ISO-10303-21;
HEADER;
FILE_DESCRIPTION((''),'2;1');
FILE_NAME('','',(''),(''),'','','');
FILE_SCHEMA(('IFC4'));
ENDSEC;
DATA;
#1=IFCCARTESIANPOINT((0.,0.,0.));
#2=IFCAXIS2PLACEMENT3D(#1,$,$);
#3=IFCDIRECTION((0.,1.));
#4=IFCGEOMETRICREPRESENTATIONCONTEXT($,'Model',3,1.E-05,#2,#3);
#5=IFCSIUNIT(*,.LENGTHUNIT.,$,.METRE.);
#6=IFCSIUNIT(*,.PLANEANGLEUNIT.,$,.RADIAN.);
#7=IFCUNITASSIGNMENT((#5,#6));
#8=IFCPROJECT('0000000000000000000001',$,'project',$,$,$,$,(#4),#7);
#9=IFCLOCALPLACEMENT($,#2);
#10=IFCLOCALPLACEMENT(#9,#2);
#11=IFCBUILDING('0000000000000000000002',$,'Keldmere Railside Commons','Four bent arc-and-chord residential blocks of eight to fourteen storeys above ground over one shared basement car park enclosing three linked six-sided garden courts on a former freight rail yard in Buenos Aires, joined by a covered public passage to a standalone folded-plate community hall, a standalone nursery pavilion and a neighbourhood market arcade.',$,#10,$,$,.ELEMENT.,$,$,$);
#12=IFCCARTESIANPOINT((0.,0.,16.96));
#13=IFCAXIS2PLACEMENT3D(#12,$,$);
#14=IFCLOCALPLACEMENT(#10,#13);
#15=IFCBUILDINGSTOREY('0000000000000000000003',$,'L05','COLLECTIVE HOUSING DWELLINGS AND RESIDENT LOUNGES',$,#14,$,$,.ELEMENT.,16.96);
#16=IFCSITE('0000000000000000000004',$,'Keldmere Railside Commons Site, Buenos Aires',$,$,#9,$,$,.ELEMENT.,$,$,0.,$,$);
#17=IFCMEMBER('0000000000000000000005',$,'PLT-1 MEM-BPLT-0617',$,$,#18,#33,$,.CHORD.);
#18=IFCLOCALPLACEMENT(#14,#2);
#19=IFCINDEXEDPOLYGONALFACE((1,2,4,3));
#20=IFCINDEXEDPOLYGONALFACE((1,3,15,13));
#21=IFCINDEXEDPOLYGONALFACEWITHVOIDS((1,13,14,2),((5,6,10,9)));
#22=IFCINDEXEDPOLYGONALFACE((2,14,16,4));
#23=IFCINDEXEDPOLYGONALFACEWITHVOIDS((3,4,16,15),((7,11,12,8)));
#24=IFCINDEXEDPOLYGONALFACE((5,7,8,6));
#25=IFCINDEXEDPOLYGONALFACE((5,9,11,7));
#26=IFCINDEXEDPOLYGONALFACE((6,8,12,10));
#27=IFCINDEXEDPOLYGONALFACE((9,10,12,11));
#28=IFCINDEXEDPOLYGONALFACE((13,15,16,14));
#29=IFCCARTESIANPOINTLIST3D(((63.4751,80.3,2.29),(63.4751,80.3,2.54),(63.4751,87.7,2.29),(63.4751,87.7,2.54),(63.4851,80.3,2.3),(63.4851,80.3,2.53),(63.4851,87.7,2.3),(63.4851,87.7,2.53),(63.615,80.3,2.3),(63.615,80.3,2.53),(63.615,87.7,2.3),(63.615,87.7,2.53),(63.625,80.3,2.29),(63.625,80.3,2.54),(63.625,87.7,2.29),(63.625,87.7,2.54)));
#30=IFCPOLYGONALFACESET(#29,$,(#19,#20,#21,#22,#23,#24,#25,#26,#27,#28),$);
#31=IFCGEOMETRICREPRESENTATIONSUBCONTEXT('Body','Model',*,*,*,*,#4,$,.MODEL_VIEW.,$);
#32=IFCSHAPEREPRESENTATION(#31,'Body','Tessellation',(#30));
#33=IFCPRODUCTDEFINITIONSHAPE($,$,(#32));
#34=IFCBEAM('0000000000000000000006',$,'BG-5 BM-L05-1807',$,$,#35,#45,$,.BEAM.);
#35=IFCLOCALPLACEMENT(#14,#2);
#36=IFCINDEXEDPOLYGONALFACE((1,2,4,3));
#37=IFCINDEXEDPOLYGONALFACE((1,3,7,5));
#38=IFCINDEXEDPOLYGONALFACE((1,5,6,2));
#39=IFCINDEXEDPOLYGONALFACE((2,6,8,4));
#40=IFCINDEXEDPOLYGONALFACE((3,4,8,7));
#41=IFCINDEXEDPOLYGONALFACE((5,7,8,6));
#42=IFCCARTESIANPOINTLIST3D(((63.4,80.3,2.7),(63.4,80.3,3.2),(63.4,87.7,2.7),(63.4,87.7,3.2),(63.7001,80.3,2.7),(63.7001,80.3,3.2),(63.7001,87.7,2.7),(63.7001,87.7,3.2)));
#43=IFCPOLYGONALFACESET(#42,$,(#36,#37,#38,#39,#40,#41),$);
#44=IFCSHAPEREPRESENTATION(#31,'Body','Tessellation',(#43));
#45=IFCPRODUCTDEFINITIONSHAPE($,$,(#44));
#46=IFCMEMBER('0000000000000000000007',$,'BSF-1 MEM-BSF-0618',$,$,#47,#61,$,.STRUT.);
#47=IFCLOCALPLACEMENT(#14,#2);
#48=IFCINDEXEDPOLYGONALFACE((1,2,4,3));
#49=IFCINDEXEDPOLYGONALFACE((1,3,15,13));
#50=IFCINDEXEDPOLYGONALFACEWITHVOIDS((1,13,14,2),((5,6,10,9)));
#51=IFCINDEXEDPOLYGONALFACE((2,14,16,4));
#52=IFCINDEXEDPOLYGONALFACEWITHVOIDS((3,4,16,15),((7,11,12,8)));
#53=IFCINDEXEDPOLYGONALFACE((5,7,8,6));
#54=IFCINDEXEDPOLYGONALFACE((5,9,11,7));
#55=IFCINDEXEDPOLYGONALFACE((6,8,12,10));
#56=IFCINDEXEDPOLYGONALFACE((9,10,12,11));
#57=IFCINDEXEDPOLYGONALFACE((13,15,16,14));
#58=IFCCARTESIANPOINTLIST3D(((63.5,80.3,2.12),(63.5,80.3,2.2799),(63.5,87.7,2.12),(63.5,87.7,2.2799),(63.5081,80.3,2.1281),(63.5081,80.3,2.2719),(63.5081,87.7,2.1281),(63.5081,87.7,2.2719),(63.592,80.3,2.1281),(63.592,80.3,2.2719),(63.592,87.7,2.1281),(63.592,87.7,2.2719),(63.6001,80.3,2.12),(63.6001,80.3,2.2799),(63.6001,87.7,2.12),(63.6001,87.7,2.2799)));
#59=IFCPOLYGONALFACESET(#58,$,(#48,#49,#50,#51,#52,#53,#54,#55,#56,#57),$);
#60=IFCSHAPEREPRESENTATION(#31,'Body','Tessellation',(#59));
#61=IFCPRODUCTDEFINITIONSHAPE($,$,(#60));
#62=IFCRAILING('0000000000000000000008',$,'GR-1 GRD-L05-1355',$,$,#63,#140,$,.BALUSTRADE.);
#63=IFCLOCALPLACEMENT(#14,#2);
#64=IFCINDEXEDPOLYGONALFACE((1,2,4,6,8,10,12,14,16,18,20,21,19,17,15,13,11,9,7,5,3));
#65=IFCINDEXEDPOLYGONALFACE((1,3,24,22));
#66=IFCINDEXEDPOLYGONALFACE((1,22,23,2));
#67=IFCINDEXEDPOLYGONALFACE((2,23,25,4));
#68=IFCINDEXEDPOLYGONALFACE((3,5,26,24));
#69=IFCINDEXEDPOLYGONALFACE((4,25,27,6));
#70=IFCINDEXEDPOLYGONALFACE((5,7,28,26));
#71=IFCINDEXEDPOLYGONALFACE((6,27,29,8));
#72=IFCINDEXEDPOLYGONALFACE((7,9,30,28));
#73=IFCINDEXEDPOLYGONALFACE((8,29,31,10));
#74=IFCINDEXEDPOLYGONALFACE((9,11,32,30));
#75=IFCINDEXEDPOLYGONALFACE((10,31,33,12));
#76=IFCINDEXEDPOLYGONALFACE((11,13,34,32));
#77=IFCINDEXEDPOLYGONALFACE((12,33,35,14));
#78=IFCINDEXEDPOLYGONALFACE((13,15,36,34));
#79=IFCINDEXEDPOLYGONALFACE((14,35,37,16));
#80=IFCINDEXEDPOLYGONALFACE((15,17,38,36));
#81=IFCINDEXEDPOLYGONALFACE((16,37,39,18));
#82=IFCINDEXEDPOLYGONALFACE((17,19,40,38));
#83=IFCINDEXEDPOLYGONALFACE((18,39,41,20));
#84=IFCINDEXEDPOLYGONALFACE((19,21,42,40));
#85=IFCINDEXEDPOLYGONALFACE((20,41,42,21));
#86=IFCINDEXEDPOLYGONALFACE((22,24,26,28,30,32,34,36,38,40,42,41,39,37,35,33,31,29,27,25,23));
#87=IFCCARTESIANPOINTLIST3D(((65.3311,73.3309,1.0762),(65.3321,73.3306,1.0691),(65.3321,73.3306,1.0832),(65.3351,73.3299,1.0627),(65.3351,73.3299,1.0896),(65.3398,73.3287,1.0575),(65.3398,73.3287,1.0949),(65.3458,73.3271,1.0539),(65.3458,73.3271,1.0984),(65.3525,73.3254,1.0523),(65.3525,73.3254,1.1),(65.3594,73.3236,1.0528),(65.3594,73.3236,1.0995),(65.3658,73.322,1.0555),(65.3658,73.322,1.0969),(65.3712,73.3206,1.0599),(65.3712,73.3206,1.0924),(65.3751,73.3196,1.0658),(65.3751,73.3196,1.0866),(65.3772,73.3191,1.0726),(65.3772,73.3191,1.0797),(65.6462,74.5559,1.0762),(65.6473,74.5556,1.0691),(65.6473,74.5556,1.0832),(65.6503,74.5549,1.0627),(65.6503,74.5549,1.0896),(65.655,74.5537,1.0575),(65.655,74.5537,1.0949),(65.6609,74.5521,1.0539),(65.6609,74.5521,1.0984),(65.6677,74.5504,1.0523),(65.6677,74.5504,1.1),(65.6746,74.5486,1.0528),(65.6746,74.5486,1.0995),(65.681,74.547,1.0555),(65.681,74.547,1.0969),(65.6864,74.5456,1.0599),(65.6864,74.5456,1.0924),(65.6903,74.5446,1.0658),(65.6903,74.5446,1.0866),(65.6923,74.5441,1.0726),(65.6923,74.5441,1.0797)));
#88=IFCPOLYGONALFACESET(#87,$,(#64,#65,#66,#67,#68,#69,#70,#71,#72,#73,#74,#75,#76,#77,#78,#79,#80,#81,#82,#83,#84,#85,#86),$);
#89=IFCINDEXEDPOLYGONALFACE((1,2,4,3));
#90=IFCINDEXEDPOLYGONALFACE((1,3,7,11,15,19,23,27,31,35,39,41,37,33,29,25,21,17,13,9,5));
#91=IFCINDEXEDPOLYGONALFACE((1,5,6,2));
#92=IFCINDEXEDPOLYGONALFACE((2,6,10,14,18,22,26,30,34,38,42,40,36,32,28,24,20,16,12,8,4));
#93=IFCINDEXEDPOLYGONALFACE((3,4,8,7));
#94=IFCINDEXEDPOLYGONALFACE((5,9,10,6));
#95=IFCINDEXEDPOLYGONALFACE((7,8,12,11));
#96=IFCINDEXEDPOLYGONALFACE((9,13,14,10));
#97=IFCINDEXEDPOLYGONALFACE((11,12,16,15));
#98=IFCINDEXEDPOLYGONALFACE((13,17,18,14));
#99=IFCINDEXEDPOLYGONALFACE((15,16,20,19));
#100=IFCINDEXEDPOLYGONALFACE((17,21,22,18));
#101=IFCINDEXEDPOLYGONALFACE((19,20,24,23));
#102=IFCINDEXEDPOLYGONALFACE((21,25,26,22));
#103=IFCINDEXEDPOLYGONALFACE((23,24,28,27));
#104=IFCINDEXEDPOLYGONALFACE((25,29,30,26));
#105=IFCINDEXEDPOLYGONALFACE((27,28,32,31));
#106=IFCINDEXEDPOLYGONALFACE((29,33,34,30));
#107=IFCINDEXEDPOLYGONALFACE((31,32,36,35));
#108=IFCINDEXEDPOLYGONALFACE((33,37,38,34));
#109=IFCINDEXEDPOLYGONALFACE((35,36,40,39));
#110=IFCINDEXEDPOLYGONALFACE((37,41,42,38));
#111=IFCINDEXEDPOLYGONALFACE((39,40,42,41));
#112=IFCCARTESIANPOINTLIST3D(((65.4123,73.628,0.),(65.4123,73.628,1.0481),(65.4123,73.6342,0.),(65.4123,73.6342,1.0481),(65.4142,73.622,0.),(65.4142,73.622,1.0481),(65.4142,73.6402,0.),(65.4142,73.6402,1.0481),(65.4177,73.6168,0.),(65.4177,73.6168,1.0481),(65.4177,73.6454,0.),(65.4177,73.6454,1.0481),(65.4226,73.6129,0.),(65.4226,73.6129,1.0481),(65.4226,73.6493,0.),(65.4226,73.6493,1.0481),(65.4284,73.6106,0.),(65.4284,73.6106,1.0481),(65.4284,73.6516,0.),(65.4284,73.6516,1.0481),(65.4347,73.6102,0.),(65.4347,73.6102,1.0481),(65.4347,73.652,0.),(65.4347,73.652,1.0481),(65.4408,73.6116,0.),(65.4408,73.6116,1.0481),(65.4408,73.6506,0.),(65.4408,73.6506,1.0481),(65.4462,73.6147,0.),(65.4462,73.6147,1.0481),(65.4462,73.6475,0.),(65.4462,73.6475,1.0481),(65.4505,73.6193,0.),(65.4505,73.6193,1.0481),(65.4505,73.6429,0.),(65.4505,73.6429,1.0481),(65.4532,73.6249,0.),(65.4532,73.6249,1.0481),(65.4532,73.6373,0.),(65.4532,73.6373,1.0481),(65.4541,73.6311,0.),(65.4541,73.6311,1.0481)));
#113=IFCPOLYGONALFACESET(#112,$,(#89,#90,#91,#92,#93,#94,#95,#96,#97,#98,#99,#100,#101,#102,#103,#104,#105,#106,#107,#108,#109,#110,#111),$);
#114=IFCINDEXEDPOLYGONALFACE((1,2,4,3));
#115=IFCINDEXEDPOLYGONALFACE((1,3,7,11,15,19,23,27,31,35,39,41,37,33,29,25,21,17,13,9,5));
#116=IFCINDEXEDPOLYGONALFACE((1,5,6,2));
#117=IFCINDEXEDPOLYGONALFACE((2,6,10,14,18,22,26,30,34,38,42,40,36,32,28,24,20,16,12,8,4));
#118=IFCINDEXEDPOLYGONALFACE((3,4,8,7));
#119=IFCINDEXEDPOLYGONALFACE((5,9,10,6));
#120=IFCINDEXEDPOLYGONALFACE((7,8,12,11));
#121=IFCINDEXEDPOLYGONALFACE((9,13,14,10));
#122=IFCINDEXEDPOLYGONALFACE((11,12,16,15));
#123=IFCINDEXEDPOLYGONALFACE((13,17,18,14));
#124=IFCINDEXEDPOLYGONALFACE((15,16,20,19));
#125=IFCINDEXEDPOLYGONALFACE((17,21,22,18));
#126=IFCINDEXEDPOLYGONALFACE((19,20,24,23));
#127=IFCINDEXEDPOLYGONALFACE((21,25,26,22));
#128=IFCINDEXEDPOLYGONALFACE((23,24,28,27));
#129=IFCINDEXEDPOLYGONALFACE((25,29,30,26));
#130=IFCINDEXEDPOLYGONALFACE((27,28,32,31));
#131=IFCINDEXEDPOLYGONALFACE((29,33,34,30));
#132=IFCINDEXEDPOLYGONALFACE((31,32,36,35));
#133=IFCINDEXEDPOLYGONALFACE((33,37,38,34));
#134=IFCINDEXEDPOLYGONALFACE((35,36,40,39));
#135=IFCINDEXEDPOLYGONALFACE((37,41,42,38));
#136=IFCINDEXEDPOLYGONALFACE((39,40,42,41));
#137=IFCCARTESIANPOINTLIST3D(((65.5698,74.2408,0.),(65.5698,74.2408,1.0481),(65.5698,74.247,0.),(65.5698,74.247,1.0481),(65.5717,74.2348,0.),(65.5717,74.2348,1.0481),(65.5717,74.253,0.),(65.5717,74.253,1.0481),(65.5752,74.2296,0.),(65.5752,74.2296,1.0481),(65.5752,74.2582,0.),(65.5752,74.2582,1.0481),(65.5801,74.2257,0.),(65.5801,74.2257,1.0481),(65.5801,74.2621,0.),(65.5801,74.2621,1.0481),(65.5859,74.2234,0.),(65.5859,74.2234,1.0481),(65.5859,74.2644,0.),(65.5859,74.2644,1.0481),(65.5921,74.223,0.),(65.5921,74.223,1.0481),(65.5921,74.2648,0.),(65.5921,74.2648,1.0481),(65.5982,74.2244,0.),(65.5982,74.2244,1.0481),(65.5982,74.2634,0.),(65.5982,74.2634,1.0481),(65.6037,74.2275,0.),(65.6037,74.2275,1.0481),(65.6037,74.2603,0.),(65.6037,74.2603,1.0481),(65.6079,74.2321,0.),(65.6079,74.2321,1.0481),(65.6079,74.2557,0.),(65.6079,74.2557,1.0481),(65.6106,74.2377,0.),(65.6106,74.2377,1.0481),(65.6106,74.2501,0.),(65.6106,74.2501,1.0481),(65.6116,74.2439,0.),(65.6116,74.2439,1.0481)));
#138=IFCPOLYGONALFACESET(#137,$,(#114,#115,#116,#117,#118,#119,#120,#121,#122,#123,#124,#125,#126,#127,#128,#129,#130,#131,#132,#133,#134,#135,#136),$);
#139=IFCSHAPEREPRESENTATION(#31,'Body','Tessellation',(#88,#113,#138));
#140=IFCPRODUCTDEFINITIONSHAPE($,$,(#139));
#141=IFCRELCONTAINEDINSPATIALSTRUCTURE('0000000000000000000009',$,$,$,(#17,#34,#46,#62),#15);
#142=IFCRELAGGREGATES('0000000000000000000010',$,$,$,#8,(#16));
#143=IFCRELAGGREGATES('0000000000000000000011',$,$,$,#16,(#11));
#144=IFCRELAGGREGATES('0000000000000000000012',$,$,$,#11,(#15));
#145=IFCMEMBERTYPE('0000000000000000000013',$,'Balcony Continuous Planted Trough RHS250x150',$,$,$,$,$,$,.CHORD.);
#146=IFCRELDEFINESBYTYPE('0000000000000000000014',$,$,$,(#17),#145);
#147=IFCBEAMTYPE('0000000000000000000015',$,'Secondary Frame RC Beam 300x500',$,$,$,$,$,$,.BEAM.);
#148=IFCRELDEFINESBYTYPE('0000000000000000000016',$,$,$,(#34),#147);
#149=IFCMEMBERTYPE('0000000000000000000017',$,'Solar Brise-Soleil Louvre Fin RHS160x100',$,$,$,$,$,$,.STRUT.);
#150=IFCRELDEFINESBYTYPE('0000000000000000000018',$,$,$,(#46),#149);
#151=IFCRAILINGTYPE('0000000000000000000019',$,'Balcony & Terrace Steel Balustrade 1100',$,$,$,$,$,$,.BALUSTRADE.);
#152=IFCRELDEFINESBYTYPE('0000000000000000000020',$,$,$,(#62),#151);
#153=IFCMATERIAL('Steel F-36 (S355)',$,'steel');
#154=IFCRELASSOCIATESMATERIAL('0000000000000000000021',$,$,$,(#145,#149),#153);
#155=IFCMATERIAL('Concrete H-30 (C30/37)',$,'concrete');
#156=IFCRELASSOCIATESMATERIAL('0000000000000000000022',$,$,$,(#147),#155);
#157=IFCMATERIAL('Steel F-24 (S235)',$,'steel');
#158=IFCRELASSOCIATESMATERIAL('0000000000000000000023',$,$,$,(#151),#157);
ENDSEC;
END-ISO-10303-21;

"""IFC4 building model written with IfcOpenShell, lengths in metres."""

from ifc_helpers import new_model, si_unit, direction, frame, origin, origin_2d, place, context, subcontext, project, spatial, rectangle, hollow_rectangle, circle, extrude, material, material_profile, profile_set, type_object, element, save


model = new_model("IFC4")

# Units and contexts
model_context = context("Model", 3, precision=1e-05, world=origin(), true_north=direction((0.0, 1.0)))
body_context = subcontext(model_context, "Body", "Model", "MODEL_VIEW")
ifc_project = project(units=[si_unit("LENGTHUNIT", "METRE"), si_unit("PLANEANGLEUNIT", "RADIAN")], contexts=[model_context])

# Site, building, storey
site_placement = place(None, origin())
site = spatial("IfcSite", under=ifc_project, at=site_placement, Name="Keldmere Railside Commons Site, Buenos Aires", CompositionType="ELEMENT", RefElevation=0.0)
building_placement = place(site_placement, origin())
building = spatial("IfcBuilding", under=site, at=building_placement, Name="Keldmere Railside Commons", Description="Four bent arc-and-chord residential blocks of eight to fourteen storeys above ground over one shared basement car park enclosing three linked six-sided garden courts on a former freight rail yard in Buenos Aires, joined by a covered public passage to a standalone folded-plate community hall, a standalone nursery pavilion and a neighbourhood market arcade.", CompositionType="ELEMENT")
storey_placement = place(building_placement, frame((0.0, 0.0, 16.96)))
storey = spatial("IfcBuildingStorey", under=building, at=storey_placement, Name="L05", Description="COLLECTIVE HOUSING DWELLINGS AND RESIDENT LOUNGES", CompositionType="ELEMENT", Elevation=16.96)

# Member
ifc_material_1 = material(Name="Steel F-36 (S355)", Category="steel")
ifc_material_profile_1 = material_profile(ifc_material_1, hollow_rectangle(XDim=0.1499, YDim=0.25, WallThickness=0.01, at=origin_2d()), Name="RHS-250x150x10")
ifc_profile_set_1 = profile_set([ifc_material_profile_1], Name="Steel F-36 (S355)")
member_type_1 = type_object("IfcMemberType", Name="Balcony Continuous Planted Trough RHS250x150", PredefinedType="CHORD", material=ifc_profile_set_1)
member_1_placement = place(storey_placement, frame((63.55, 80.3, 2.415), z_axis=(0.0, 1.0, 0.0), x_axis=(-1.0, 0.0, 0.0)))
element("IfcMember", 1, at=member_1_placement, inside=storey, type_object=member_type_1, Name="PLT-1 MEM-BPLT-0617", PredefinedType="CHORD", context=body_context, shape_type="SweptSolid", body=[
    extrude(hollow_rectangle(XDim=0.1499, YDim=0.25, WallThickness=0.01, at=origin_2d()), origin(), (0.0, 0.0, 1.0), 7.3999),
])

# Beam
ifc_material_2 = material(Name="Concrete H-30 (C30/37)", Category="concrete")
ifc_material_profile_2 = material_profile(ifc_material_2, rectangle(XDim=0.3, YDim=0.5, at=origin_2d()), Name="RC-300x500")
ifc_profile_set_2 = profile_set([ifc_material_profile_2], Name="Concrete H-30 (C30/37)")
beam_type = type_object("IfcBeamType", Name="Secondary Frame RC Beam 300x500", PredefinedType="BEAM", material=ifc_profile_set_2)
beam_placement = place(storey_placement, frame((63.55, 80.3, 2.95), z_axis=(0.0, 1.0, 0.0), x_axis=(-1.0, 0.0, 0.0)))
element("IfcBeam", 2, at=beam_placement, inside=storey, type_object=beam_type, Name="BG-5 BM-L05-1807", PredefinedType="BEAM", context=body_context, shape_type="SweptSolid", body=[
    extrude(rectangle(XDim=0.3, YDim=0.5, at=origin_2d()), origin(), (0.0, 0.0, 1.0), 7.3999),
])

# Member
ifc_material_profile_3 = material_profile(ifc_material_1, hollow_rectangle(XDim=0.1001, YDim=0.1599, WallThickness=0.0081, at=origin_2d()), Name="RHS-160x100x8")
ifc_profile_set_3 = profile_set([ifc_material_profile_3], Name="Steel F-36 (S355)")
member_type_2 = type_object("IfcMemberType", Name="Solar Brise-Soleil Louvre Fin RHS160x100", PredefinedType="STRUT", material=ifc_profile_set_3)
member_2_placement = place(storey_placement, frame((63.55, 80.3, 2.2), z_axis=(0.0, 1.0, 0.0), x_axis=(-1.0, 0.0, 0.0)))
element("IfcMember", 3, at=member_2_placement, inside=storey, type_object=member_type_2, Name="BSF-1 MEM-BSF-0618", PredefinedType="STRUT", context=body_context, shape_type="SweptSolid", body=[
    extrude(hollow_rectangle(XDim=0.1001, YDim=0.1599, WallThickness=0.0081, at=origin_2d()), origin(), (0.0, 0.0, 1.0), 7.3999),
])

# Railing
ifc_material_3 = material(Name="Steel F-24 (S235)", Category="steel")
railing_type = type_object("IfcRailingType", Name="Balcony & Terrace Steel Balustrade 1100", PredefinedType="BALUSTRADE", material=ifc_material_3)
railing_1_placement = place(storey_placement, frame((65.3542, 73.325, 0.0)))
element("IfcRailing", 4, at=railing_1_placement, inside=storey, type_object=railing_type, Name="GR-1 GRD-L05-1355", PredefinedType="BALUSTRADE", context=body_context, shape_type="SweptSolid", body=[
    extrude(circle(Radius=0.0239, at=origin_2d()), frame((0.0, 0.0, 1.0762), z_axis=(0.24916, 0.968462, 0.0), x_axis=(-0.968462, 0.24916, 0.0)), (0.0, 0.0, 1.0), 1.2649),
    extrude(circle(Radius=0.021, at=origin_2d()), frame((0.0789, 0.3062, 0.0)), (0.0, 0.0, 1.0), 1.0481),
    extrude(circle(Radius=0.021, at=origin_2d()), frame((0.2363, 0.9189, 0.0)), (0.0, 0.0, 1.0), 1.0481),
])

save(model, "model.ifc")
